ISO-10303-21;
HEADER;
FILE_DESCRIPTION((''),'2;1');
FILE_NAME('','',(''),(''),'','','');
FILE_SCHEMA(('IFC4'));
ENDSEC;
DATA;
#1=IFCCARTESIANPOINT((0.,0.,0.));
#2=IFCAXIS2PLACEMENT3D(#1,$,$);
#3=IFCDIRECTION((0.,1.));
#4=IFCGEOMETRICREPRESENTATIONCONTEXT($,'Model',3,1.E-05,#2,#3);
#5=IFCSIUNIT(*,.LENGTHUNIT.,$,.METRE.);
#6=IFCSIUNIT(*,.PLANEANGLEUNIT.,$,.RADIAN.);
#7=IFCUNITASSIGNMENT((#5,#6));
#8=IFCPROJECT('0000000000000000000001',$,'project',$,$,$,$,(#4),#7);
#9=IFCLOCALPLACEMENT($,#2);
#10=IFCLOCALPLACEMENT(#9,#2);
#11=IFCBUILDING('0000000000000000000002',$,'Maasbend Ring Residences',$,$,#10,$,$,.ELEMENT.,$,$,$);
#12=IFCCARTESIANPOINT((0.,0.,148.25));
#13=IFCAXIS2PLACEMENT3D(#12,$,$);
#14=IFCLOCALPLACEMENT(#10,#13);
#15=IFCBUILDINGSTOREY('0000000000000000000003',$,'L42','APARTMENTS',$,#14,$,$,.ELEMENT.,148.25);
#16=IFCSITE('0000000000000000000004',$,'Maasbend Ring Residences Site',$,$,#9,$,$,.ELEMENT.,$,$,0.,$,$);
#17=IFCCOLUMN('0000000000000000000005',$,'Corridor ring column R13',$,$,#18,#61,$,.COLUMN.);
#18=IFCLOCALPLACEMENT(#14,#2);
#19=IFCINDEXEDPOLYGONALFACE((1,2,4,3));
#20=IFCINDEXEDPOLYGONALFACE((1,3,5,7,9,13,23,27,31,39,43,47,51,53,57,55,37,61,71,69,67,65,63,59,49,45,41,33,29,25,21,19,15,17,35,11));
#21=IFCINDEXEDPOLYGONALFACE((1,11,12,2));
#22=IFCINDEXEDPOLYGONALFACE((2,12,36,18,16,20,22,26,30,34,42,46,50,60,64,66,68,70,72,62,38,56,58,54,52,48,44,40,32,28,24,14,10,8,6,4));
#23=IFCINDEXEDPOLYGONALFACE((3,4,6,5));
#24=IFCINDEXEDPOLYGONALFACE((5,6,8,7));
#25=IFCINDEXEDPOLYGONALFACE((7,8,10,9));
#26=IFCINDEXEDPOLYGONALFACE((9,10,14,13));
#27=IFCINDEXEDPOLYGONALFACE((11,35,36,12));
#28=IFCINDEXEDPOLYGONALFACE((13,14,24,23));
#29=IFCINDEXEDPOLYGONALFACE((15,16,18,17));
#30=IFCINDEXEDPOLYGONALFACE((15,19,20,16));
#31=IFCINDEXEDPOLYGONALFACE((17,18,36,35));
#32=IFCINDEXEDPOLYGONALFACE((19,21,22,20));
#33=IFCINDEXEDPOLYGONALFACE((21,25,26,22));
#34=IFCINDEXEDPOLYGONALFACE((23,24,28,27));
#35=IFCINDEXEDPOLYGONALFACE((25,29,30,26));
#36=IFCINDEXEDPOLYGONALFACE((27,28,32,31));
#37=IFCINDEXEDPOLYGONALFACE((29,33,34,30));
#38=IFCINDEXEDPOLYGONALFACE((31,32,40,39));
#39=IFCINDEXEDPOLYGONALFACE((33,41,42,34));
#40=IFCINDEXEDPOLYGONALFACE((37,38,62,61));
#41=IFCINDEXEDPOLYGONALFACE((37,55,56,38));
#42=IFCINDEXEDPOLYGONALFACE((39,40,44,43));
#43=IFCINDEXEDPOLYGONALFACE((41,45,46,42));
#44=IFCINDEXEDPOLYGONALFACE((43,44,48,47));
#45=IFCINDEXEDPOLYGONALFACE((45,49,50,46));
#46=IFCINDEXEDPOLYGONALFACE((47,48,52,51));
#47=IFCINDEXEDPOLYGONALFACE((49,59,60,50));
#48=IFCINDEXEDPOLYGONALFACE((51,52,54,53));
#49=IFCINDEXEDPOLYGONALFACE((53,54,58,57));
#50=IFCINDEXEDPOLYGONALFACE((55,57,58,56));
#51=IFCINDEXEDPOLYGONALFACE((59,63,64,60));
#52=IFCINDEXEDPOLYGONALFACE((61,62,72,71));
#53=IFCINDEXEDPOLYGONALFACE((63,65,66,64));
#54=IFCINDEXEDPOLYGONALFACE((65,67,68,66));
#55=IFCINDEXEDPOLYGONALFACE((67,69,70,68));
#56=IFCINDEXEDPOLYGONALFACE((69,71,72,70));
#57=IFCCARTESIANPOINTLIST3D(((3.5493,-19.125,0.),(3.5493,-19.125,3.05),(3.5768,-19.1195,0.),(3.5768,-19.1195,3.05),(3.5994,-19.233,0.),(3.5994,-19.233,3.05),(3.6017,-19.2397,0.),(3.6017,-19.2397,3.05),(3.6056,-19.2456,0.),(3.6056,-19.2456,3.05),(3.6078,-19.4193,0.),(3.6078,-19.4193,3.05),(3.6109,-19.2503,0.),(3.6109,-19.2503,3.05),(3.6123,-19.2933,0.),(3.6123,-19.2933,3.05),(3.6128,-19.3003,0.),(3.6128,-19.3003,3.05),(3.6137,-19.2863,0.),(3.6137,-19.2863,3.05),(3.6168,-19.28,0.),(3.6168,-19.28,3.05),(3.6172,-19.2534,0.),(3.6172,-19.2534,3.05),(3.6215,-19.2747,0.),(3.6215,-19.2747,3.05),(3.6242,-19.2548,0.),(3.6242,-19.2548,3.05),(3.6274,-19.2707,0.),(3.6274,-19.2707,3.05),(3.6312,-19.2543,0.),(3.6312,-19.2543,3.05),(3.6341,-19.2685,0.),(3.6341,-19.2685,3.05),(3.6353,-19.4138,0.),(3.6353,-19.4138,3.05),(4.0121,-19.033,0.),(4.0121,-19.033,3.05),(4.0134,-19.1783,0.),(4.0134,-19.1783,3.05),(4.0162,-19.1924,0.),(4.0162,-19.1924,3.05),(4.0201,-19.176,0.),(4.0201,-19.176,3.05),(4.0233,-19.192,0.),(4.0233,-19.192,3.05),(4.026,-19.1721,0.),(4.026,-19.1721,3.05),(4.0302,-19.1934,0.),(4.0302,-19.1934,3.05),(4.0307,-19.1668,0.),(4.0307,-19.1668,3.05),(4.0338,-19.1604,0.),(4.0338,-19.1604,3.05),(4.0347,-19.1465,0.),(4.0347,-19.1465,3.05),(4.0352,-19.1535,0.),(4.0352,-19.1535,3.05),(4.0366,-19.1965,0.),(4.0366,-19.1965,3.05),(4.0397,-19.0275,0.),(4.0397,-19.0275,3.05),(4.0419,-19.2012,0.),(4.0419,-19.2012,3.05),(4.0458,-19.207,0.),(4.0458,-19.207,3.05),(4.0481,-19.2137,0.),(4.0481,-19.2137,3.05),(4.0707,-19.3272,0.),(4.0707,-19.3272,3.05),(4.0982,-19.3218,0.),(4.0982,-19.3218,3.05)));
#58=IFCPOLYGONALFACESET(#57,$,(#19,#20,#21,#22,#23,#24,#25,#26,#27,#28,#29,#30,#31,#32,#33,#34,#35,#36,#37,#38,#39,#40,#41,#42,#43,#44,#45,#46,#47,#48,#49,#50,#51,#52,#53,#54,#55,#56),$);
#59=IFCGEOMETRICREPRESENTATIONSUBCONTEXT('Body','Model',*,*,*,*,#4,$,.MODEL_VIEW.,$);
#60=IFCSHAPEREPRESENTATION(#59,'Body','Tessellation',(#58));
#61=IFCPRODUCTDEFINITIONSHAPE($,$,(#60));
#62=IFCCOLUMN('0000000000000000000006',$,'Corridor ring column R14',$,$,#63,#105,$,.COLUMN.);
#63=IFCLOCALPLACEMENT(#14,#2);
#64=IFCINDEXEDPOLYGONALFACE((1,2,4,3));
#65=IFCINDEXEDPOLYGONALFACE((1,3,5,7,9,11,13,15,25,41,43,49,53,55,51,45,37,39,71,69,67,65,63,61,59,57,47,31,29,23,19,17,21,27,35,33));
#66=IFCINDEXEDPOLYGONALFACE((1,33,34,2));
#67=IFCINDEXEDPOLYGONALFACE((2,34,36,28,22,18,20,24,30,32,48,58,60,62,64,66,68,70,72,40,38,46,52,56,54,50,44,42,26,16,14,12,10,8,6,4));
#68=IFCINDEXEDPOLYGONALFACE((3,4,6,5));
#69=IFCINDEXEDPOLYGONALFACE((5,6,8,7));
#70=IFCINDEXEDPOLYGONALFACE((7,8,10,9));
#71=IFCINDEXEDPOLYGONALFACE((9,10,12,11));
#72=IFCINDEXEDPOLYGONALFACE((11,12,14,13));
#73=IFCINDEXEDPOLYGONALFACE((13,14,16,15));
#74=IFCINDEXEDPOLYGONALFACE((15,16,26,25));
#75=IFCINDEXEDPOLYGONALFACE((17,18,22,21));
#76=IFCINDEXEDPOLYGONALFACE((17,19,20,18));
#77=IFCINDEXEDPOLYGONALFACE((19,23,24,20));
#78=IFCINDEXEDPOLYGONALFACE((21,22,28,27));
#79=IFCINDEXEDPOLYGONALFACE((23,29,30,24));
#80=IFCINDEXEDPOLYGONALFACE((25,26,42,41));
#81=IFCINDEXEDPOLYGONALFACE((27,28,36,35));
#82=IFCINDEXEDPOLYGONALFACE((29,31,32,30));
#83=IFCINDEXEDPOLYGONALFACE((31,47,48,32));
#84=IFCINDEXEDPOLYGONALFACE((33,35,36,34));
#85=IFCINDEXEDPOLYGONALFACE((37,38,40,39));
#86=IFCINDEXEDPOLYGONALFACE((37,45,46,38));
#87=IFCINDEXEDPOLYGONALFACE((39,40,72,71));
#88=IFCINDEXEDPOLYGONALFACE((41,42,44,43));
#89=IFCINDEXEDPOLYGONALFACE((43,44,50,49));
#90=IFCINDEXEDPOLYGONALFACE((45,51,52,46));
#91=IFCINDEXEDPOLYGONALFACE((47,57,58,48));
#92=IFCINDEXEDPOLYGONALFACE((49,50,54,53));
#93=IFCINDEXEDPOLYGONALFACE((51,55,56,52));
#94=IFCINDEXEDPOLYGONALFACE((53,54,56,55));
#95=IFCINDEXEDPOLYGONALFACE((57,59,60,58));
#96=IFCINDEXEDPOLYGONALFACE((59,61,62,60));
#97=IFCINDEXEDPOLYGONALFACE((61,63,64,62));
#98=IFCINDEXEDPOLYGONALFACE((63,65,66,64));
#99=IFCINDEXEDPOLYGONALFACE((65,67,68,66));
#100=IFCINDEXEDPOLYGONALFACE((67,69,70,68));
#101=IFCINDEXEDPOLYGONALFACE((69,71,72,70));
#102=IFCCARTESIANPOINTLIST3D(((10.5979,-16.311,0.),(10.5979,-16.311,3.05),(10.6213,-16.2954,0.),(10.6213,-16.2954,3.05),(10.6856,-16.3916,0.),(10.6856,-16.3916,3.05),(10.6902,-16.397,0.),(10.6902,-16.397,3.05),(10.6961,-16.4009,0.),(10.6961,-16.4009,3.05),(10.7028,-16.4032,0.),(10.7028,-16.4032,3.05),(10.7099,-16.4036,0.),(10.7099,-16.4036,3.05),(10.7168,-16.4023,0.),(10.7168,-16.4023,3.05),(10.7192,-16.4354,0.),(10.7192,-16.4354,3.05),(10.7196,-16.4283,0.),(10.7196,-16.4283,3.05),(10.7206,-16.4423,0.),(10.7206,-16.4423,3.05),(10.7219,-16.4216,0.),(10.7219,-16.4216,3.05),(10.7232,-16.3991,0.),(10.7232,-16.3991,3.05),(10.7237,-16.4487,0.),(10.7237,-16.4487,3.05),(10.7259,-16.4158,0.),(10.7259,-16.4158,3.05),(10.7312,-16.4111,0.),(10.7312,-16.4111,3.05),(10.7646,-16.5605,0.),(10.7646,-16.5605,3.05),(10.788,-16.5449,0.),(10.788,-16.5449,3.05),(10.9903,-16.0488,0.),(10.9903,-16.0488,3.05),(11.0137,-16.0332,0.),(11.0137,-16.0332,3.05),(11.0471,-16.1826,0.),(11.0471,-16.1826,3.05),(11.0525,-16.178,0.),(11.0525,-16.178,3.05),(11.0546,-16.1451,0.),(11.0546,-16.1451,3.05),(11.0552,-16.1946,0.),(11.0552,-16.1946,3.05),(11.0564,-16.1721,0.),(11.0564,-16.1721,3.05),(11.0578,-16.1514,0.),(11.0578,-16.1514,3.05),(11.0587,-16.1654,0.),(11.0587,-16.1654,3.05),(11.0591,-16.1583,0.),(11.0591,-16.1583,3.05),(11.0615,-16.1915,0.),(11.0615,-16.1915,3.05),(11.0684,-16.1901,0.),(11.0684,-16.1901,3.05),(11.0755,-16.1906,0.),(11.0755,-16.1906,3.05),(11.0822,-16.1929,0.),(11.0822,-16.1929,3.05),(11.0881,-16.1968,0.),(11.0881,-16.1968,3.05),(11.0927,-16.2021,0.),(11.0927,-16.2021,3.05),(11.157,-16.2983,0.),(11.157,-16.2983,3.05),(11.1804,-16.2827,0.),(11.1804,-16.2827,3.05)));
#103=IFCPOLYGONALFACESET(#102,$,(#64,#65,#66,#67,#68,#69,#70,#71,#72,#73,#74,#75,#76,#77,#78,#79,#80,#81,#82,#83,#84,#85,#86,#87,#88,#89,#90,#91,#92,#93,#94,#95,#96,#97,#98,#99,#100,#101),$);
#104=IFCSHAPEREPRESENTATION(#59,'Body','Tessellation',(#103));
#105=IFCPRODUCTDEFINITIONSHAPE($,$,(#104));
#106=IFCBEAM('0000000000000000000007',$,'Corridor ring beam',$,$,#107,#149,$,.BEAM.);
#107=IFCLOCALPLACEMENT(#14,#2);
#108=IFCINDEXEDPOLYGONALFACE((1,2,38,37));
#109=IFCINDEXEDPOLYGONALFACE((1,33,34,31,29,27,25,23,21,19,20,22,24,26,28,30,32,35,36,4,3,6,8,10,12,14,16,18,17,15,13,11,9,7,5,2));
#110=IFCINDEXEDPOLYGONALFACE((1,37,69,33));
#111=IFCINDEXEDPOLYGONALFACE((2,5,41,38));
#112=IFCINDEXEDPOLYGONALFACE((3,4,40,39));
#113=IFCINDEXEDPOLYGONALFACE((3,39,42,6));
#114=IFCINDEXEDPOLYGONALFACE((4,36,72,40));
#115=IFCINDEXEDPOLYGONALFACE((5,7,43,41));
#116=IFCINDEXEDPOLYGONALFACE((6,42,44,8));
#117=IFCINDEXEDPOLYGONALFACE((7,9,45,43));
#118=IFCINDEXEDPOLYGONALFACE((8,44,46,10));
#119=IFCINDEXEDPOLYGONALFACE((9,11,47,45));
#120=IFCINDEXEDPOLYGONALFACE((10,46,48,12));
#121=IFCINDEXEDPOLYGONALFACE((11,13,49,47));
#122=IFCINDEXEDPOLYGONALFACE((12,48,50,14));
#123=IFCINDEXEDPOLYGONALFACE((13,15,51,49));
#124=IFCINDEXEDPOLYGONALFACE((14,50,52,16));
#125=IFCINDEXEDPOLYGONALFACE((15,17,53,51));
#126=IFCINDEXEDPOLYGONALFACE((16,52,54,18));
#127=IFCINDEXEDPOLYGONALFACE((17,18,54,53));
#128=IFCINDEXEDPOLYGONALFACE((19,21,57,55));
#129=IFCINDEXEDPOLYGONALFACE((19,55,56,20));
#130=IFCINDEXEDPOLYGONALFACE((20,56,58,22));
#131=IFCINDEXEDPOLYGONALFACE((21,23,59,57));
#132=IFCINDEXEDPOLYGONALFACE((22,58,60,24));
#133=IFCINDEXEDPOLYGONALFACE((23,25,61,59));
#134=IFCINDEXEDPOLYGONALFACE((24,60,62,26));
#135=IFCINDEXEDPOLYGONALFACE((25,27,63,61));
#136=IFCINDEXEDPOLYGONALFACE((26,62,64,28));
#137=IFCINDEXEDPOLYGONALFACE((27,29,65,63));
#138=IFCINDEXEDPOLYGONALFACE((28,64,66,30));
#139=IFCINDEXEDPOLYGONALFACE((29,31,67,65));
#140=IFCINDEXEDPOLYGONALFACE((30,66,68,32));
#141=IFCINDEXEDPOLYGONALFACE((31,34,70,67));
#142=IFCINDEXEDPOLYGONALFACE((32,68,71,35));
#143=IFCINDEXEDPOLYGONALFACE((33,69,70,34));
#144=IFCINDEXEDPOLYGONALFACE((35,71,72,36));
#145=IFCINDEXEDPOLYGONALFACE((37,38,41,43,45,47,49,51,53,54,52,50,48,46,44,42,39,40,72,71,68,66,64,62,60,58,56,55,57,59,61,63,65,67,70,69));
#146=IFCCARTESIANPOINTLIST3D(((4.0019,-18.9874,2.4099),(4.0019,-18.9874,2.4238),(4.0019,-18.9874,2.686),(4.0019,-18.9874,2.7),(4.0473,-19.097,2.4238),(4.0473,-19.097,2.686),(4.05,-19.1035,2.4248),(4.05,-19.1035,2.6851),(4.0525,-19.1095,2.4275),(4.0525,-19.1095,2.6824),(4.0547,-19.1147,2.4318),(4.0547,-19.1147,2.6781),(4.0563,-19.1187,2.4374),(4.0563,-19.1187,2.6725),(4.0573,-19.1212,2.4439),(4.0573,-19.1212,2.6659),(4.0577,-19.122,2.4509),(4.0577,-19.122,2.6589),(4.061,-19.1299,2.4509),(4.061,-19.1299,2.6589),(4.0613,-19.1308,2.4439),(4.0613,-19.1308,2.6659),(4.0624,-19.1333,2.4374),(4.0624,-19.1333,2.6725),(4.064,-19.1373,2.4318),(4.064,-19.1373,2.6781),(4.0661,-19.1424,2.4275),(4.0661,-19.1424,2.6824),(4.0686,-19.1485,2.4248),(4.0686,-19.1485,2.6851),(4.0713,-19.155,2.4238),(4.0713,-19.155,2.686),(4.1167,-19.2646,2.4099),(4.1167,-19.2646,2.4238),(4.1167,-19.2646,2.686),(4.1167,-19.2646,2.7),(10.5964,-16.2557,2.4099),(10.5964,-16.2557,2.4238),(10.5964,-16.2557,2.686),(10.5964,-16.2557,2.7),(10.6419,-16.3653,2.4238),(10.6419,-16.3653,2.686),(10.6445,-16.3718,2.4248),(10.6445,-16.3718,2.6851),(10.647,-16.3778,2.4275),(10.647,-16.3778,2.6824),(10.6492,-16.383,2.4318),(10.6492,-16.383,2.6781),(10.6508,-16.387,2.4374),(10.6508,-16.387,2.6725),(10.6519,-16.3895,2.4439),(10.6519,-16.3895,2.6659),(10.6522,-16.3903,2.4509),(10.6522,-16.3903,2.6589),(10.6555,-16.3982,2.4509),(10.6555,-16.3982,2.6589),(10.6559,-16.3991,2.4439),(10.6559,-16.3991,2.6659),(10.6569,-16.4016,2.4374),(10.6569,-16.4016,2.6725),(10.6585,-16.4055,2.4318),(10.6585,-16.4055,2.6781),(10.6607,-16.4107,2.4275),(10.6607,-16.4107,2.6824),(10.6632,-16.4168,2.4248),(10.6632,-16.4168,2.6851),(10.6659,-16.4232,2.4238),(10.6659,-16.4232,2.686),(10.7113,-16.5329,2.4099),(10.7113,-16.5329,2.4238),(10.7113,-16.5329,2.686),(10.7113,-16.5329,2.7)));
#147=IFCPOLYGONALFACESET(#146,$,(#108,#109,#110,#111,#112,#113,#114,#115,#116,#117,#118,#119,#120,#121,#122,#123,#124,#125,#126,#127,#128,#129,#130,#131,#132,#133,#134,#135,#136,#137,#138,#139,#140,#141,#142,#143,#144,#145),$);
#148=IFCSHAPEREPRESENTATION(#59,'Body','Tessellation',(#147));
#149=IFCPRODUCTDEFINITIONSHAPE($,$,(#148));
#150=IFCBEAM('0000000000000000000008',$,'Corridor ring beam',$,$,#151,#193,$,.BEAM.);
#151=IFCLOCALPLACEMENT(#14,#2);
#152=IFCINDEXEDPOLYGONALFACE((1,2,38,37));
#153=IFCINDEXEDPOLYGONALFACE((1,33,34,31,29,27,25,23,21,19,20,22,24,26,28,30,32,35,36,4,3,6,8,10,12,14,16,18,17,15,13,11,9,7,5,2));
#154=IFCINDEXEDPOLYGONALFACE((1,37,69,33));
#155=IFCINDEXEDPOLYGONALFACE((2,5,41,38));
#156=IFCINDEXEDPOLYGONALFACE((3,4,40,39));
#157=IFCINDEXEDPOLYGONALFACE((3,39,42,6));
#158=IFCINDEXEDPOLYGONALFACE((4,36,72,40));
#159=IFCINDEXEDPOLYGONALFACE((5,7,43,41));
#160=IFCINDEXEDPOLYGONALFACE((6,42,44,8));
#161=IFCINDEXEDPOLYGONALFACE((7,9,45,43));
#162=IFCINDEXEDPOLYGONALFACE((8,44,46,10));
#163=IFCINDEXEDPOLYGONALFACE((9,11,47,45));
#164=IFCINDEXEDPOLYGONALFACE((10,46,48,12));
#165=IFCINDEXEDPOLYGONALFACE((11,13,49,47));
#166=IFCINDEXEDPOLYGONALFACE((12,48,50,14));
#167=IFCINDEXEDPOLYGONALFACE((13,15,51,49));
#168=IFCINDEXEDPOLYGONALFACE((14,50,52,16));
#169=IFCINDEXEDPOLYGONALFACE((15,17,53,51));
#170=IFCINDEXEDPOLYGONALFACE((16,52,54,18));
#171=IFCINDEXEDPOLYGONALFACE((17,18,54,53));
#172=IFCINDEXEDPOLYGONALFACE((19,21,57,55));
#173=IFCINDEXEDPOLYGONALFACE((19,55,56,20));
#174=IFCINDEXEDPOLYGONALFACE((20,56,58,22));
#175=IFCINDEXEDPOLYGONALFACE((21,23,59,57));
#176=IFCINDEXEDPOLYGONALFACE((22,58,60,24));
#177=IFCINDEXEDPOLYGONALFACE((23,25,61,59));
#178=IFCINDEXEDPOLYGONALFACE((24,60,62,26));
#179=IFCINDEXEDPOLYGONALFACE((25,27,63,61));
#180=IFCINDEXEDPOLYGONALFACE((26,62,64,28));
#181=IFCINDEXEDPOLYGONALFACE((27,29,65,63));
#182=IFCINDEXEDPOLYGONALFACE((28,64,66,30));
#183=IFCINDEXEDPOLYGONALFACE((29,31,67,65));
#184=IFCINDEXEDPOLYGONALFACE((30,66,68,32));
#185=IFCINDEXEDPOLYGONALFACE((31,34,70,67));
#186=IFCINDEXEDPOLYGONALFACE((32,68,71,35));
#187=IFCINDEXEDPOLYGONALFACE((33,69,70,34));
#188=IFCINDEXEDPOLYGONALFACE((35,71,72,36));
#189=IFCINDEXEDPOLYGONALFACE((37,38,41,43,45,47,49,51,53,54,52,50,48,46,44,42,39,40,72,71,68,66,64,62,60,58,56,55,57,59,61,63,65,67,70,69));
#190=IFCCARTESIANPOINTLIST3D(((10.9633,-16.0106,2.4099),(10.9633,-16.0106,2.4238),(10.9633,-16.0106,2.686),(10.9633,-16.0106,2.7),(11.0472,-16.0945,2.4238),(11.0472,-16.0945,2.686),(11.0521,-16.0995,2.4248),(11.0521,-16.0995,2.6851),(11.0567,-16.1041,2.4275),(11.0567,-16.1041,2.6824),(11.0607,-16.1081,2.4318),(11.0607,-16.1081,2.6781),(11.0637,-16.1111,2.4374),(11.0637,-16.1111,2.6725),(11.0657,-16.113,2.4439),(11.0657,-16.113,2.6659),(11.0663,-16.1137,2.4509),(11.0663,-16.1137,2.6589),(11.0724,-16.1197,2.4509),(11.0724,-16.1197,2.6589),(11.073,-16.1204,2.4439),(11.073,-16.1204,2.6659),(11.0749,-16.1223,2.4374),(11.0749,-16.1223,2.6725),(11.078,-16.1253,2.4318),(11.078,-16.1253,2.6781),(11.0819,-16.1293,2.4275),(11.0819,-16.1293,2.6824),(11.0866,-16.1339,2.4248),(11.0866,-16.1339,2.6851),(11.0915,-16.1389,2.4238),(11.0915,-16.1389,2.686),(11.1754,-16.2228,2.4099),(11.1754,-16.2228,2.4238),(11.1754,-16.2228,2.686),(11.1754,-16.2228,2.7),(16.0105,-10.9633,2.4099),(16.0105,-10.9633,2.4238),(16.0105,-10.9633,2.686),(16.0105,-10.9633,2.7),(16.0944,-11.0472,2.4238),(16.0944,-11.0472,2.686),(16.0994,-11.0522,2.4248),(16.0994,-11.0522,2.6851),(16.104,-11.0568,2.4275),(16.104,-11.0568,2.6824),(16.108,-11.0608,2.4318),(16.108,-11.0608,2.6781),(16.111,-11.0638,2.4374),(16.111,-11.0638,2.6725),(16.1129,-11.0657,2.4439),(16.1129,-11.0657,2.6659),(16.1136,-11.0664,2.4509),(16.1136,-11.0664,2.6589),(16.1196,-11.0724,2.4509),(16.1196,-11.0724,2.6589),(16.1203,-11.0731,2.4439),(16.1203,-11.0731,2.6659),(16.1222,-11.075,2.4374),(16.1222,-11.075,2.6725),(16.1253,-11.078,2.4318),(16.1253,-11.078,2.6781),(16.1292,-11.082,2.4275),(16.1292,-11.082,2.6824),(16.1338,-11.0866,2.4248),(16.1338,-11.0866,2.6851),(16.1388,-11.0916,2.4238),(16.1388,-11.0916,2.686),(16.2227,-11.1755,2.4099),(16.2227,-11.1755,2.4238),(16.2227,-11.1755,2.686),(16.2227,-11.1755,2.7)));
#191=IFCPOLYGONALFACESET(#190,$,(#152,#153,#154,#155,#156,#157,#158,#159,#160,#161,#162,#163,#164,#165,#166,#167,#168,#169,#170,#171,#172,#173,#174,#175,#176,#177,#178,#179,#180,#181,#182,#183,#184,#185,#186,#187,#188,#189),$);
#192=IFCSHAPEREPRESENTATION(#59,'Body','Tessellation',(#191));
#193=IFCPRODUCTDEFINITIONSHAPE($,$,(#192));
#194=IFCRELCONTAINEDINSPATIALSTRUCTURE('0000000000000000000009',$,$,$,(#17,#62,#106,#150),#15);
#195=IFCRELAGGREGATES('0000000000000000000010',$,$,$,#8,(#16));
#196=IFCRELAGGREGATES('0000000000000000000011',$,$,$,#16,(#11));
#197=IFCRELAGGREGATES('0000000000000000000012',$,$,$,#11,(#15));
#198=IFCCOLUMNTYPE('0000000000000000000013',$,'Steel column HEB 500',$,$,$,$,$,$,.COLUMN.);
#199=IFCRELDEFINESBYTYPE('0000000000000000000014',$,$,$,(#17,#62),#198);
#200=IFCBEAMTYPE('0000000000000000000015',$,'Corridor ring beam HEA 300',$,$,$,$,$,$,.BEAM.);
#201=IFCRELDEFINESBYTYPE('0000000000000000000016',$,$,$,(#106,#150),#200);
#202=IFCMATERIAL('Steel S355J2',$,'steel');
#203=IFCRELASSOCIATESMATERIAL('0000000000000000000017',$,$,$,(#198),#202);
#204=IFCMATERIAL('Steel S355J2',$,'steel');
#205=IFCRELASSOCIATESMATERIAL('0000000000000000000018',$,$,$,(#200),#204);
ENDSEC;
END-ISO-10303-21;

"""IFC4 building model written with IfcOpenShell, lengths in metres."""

from ifc_helpers import new_model, si_unit, direction, frame, origin, origin_2d, place, context, subcontext, project, spatial, i_section, extrude, material, material_profile, profile_set, type_object, element, save


model = new_model("IFC4")

# Units and contexts
model_context = context("Model", 3, precision=1e-05, world=origin(), true_north=direction((0.0, 1.0)))
body_context = subcontext(model_context, "Body", "Model", "MODEL_VIEW")
ifc_project = project(units=[si_unit("LENGTHUNIT", "METRE"), si_unit("PLANEANGLEUNIT", "RADIAN")], contexts=[model_context])

# Site, building, storey
site_placement = place(None, origin())
site = spatial("IfcSite", under=ifc_project, at=site_placement, Name="Maasbend Ring Residences Site", CompositionType="ELEMENT", RefElevation=0.0)
building_placement = place(site_placement, origin())
building = spatial("IfcBuilding", under=site, at=building_placement, Name="Maasbend Ring Residences", CompositionType="ELEMENT")
storey_placement = place(building_placement, frame((0.0, 0.0, 148.25)))
storey = spatial("IfcBuildingStorey", under=building, at=storey_placement, Name="L42", Description="APARTMENTS", CompositionType="ELEMENT", Elevation=148.25)

# Columns
ifc_material_1 = material(Name="Steel S355J2", Category="steel")
ifc_material_profile_1 = material_profile(ifc_material_1, i_section(OverallWidth=0.3, OverallDepth=0.5, WebThickness=0.0144, FlangeThickness=0.0281, FilletRadius=0.0271, at=origin_2d()), Name="HEB 500")
ifc_profile_set_1 = profile_set([ifc_material_profile_1], Name="Steel S355J2")
column_type = type_object("IfcColumnType", Name="Steel column HEB 500", PredefinedType="COLUMN", material=ifc_profile_set_1)
for number, where, z_axis, x_axis, name in (
    (1, (3.8237, -19.2234, 0.0), (0.0, 0.0, 1.0), (0.19509, -0.980785, 0.0), "Corridor ring column R13"),
    (2, (10.8892, -16.2969, 0.0), (0.0, 0.0, 1.0), (0.55557, -0.83147, 0.0), "Corridor ring column R14"),
):
    element("IfcColumn", number, at=place(storey_placement, frame(where, z_axis=z_axis, x_axis=x_axis)), inside=storey, type_object=column_type, Name=name, PredefinedType="COLUMN", context=body_context, shape_type="SweptSolid", body=[
        extrude(i_section(OverallWidth=0.3, OverallDepth=0.5, WebThickness=0.0144, FlangeThickness=0.0281, FilletRadius=0.0271, at=origin_2d()), origin(), (0.0, 0.0, 1.0), 3.05),
    ])

# Beams
ifc_material_2 = material(Name="Steel S355J2", Category="steel")
ifc_material_profile_2 = material_profile(ifc_material_2, i_section(OverallWidth=0.3, OverallDepth=0.29, WebThickness=0.0085, FlangeThickness=0.0139, FilletRadius=0.0271, at=origin_2d()), Name="HEA 300")
ifc_profile_set_2 = profile_set([ifc_material_profile_2], Name="Steel S355J2")
beam_type = type_object("IfcBeamType", Name="Corridor ring beam HEA 300", PredefinedType="BEAM", material=ifc_profile_set_2)
for number, where, z_axis, x_axis, name in (
    (3, (4.0593, -19.126, 2.5549), (0.923871, 0.382703, 0.0), (-0.382703, 0.923871, 0.0), "Corridor ring beam"),
    (4, (11.0693, -16.1167, 2.5549), (0.707107, 0.707107, 0.0), (-0.707107, 0.707107, 0.0), "Corridor ring beam"),
):
    element("IfcBeam", number, at=place(storey_placement, frame(where, z_axis=z_axis, x_axis=x_axis)), inside=storey, type_object=beam_type, Name=name, PredefinedType="BEAM", context=body_context, shape_type="SweptSolid", body=[
        extrude(i_section(OverallWidth=0.3, OverallDepth=0.29, WebThickness=0.0085, FlangeThickness=0.0139, FilletRadius=0.0271, at=origin_2d()), origin(), (0.0, 0.0, 1.0), 7.1379),
    ])

save(model, "model.ifc")
